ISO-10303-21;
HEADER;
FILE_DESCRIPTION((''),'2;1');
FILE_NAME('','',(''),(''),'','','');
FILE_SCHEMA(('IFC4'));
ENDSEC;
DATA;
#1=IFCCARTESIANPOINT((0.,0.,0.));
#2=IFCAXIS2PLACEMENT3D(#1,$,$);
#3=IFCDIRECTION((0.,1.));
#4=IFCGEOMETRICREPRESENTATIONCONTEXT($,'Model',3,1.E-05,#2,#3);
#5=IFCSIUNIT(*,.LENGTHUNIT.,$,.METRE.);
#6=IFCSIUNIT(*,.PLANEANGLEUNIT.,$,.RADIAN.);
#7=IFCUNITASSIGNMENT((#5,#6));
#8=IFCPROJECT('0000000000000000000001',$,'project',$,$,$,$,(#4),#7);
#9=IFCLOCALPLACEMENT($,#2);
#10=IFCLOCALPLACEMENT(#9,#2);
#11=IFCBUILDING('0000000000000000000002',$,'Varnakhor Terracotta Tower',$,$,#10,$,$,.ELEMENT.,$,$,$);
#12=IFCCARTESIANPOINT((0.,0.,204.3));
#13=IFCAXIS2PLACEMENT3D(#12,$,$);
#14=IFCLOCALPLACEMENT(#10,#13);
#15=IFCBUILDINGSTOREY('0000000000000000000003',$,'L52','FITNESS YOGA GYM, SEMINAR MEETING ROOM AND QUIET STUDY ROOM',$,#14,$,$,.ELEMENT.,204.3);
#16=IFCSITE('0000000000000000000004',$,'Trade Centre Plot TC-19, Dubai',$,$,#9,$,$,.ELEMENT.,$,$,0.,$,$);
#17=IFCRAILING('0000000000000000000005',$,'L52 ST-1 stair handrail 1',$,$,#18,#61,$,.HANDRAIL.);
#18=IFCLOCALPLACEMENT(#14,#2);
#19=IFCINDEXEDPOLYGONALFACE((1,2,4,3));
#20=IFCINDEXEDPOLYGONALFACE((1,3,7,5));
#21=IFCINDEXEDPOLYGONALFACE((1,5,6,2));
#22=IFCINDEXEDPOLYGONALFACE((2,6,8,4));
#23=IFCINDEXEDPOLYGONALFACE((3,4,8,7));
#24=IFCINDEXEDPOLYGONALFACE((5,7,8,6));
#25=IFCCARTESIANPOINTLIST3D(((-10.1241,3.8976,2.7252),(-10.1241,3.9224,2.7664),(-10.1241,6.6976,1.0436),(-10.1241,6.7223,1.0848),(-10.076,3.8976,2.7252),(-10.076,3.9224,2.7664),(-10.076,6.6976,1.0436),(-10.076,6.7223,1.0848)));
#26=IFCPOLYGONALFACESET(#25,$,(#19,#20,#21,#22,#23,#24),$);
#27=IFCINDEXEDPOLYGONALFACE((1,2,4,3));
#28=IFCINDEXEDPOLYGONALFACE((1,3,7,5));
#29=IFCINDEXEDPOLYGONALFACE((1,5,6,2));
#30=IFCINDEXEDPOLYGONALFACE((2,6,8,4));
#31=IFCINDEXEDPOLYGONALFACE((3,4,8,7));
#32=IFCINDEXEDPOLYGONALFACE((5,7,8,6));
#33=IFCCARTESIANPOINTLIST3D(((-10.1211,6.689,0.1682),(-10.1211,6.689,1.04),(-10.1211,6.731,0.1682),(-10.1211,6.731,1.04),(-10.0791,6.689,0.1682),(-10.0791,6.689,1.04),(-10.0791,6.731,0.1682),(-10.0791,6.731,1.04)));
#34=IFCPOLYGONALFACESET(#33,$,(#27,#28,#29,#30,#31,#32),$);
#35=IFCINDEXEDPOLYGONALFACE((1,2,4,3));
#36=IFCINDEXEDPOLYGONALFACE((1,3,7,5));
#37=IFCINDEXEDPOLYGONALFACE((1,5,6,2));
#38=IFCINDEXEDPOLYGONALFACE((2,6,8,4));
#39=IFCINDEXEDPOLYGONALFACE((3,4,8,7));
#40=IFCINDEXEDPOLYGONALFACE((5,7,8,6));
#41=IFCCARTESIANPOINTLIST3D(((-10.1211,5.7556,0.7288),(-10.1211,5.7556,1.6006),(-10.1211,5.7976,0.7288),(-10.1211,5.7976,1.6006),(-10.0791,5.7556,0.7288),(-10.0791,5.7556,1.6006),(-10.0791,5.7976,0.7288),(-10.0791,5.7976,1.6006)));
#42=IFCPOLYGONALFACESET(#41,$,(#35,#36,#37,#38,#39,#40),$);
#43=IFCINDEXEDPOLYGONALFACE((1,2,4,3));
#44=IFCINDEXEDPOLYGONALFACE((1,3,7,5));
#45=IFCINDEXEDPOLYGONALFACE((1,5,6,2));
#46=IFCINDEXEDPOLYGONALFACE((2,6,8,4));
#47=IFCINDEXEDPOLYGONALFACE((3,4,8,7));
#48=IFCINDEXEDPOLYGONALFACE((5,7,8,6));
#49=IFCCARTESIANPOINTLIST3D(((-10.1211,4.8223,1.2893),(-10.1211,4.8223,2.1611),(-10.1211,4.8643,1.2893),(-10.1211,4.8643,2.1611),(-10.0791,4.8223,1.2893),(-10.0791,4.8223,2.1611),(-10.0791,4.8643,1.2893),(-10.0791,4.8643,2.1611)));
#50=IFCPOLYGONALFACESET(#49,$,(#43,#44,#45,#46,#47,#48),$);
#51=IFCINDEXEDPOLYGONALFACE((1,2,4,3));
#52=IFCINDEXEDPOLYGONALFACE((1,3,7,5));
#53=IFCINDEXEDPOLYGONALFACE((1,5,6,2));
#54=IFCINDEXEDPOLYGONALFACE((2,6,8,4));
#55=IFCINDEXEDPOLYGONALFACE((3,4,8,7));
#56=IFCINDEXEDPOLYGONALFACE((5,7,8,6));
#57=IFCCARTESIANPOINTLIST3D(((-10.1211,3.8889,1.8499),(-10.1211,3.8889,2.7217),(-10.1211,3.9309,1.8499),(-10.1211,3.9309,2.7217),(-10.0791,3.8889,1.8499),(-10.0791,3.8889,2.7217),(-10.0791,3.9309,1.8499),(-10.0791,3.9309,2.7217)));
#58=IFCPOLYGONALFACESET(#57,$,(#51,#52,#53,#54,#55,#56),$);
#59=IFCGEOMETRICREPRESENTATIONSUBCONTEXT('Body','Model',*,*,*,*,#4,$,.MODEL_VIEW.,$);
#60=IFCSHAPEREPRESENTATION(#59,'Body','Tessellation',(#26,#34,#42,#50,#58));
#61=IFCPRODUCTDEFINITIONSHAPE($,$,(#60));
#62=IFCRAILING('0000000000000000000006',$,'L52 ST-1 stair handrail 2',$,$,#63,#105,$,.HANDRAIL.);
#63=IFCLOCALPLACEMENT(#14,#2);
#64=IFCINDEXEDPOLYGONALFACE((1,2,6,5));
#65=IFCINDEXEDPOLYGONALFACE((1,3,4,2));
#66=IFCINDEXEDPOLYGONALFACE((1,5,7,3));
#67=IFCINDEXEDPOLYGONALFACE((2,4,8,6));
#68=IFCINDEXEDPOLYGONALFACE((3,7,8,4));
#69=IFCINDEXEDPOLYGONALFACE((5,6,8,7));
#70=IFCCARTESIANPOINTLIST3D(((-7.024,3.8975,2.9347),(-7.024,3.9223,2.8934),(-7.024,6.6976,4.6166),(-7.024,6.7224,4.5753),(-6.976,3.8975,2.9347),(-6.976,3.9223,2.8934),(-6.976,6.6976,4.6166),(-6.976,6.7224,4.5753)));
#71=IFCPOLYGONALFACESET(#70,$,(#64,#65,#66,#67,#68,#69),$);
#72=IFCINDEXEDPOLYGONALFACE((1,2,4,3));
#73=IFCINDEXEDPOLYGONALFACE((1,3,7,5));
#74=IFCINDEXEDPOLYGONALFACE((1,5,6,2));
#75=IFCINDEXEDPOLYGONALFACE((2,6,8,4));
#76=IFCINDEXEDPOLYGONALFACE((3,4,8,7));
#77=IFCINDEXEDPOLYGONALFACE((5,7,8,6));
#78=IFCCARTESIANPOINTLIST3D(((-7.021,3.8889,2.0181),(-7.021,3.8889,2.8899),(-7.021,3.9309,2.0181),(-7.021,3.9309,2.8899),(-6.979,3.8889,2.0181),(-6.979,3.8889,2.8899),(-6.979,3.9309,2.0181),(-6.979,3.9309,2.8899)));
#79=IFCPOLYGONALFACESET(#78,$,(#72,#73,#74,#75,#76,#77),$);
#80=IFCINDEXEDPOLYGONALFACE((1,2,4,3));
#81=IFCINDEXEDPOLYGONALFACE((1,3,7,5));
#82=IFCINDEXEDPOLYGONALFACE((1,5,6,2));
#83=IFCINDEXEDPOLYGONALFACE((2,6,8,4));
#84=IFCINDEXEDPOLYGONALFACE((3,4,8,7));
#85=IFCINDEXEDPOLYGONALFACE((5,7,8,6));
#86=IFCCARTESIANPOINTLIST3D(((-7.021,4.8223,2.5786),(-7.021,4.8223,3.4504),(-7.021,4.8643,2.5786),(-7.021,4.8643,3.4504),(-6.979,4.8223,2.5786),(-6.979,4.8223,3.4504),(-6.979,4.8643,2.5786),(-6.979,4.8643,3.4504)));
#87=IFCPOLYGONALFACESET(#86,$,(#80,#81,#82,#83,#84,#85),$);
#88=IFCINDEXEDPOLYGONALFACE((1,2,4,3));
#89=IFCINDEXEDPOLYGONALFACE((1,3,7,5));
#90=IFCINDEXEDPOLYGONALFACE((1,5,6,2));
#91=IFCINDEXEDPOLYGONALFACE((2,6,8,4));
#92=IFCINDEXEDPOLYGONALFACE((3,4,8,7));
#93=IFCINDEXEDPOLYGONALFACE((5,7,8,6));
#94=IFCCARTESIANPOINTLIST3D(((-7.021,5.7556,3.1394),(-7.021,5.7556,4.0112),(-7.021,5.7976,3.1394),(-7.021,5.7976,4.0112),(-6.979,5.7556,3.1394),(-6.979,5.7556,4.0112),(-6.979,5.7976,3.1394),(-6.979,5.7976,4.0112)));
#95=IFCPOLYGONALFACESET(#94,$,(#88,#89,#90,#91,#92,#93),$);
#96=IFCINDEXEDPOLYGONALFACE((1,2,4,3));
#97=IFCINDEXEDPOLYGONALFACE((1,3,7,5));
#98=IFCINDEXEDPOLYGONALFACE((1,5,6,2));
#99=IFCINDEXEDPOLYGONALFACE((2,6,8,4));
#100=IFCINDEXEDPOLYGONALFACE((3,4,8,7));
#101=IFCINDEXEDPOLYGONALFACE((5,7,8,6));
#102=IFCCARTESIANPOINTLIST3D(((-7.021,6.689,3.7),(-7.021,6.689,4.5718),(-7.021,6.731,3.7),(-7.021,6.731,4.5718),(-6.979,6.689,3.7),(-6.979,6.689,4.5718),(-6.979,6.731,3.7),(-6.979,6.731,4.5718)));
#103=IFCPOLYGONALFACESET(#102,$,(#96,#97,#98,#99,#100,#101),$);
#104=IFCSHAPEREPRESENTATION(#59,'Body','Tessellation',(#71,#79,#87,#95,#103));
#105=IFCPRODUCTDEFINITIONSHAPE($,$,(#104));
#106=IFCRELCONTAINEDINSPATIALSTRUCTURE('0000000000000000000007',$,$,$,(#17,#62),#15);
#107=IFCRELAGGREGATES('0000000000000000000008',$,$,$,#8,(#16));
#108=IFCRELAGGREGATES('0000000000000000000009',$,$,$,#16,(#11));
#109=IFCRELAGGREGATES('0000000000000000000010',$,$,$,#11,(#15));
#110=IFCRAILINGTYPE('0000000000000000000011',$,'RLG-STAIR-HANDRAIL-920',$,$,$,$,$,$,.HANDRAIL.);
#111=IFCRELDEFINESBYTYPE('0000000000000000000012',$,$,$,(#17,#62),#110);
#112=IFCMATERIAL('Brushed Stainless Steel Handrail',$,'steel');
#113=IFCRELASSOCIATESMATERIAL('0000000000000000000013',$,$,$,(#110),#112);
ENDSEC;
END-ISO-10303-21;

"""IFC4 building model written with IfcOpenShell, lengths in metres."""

from ifc_helpers import new_model, si_unit, direction, frame, origin, origin_2d, place, context, subcontext, project, spatial, rectangle, extrude, material, type_object, element, save


model = new_model("IFC4")

# Units and contexts
model_context = context("Model", 3, precision=1e-05, world=origin(), true_north=direction((0.0, 1.0)))
body_context = subcontext(model_context, "Body", "Model", "MODEL_VIEW")
ifc_project = project(units=[si_unit("LENGTHUNIT", "METRE"), si_unit("PLANEANGLEUNIT", "RADIAN")], contexts=[model_context])

# Site, building, storey
site_placement = place(None, origin())
site = spatial("IfcSite", under=ifc_project, at=site_placement, Name="Trade Centre Plot TC-19, Dubai", CompositionType="ELEMENT", RefElevation=0.0)
building_placement = place(site_placement, origin())
building = spatial("IfcBuilding", under=site, at=building_placement, Name="Varnakhor Terracotta Tower", CompositionType="ELEMENT")
storey_placement = place(building_placement, frame((0.0, 0.0, 204.3)))
storey = spatial("IfcBuildingStorey", under=building, at=storey_placement, Name="L52", Description="FITNESS YOGA GYM, SEMINAR MEETING ROOM AND QUIET STUDY ROOM", CompositionType="ELEMENT", Elevation=204.3)

# Railings
ifc_material_1 = material(Name="Brushed Stainless Steel Handrail", Category="steel")
railing_type_1 = type_object("IfcRailingType", Name="RLG-STAIR-HANDRAIL-920", PredefinedType="HANDRAIL", material=ifc_material_1)
railing_1_placement = place(storey_placement, frame((-10.1001, 6.71, 0.1682)))
element("IfcRailing", 1, at=railing_1_placement, inside=storey, type_object=railing_type_1, Name="L52 ST-1 stair handrail 1", PredefinedType="HANDRAIL", context=body_context, shape_type="SweptSolid", body=[
    extrude(rectangle(XDim=0.0481, YDim=0.0481, at=origin_2d()), frame((0.0, 0.0, 0.896), z_axis=(0.0, -0.857275, 0.514858), x_axis=(1.0, 0.0, 0.0)), (0.0, 0.0, 1.0), 3.2661),
    extrude(rectangle(XDim=0.042, YDim=0.042, at=origin_2d()), origin(), (0.0, 0.0, 1.0), 0.8718),
    extrude(rectangle(XDim=0.042, YDim=0.042, at=origin_2d()), frame((0.0, -0.9333, 0.5605)), (0.0, 0.0, 1.0), 0.8718),
    extrude(rectangle(XDim=0.042, YDim=0.042, at=origin_2d()), frame((0.0, -1.8667, 1.1211)), (0.0, 0.0, 1.0), 0.8718),
    extrude(rectangle(XDim=0.042, YDim=0.042, at=origin_2d()), frame((0.0, -2.8, 1.6816)), (0.0, 0.0, 1.0), 0.8718),
])
railing_2_placement = place(storey_placement, frame((-7.0, 3.9099, 2.0181)))
element("IfcRailing", 2, at=railing_2_placement, inside=storey, type_object=railing_type_1, Name="L52 ST-1 stair handrail 2", PredefinedType="HANDRAIL", context=body_context, shape_type="SweptSolid", body=[
    extrude(rectangle(XDim=0.0481, YDim=0.0481, at=origin_2d()), frame((0.0, 0.0, 0.896), z_axis=(0.0, 0.857242, 0.514913), x_axis=(-1.0, 0.0, 0.0)), (0.0, 0.0, 1.0), 3.2664),
    extrude(rectangle(XDim=0.042, YDim=0.042, at=origin_2d()), origin(), (0.0, 0.0, 1.0), 0.8718),
    extrude(rectangle(XDim=0.042, YDim=0.042, at=origin_2d()), frame((0.0, 0.9333, 0.5605)), (0.0, 0.0, 1.0), 0.8718),
    extrude(rectangle(XDim=0.042, YDim=0.042, at=origin_2d()), frame((0.0, 1.8667, 1.1213)), (0.0, 0.0, 1.0), 0.8718),
    extrude(rectangle(XDim=0.042, YDim=0.042, at=origin_2d()), frame((0.0, 2.8, 1.6819)), (0.0, 0.0, 1.0), 0.8718),
])

save(model, "model.ifc")
